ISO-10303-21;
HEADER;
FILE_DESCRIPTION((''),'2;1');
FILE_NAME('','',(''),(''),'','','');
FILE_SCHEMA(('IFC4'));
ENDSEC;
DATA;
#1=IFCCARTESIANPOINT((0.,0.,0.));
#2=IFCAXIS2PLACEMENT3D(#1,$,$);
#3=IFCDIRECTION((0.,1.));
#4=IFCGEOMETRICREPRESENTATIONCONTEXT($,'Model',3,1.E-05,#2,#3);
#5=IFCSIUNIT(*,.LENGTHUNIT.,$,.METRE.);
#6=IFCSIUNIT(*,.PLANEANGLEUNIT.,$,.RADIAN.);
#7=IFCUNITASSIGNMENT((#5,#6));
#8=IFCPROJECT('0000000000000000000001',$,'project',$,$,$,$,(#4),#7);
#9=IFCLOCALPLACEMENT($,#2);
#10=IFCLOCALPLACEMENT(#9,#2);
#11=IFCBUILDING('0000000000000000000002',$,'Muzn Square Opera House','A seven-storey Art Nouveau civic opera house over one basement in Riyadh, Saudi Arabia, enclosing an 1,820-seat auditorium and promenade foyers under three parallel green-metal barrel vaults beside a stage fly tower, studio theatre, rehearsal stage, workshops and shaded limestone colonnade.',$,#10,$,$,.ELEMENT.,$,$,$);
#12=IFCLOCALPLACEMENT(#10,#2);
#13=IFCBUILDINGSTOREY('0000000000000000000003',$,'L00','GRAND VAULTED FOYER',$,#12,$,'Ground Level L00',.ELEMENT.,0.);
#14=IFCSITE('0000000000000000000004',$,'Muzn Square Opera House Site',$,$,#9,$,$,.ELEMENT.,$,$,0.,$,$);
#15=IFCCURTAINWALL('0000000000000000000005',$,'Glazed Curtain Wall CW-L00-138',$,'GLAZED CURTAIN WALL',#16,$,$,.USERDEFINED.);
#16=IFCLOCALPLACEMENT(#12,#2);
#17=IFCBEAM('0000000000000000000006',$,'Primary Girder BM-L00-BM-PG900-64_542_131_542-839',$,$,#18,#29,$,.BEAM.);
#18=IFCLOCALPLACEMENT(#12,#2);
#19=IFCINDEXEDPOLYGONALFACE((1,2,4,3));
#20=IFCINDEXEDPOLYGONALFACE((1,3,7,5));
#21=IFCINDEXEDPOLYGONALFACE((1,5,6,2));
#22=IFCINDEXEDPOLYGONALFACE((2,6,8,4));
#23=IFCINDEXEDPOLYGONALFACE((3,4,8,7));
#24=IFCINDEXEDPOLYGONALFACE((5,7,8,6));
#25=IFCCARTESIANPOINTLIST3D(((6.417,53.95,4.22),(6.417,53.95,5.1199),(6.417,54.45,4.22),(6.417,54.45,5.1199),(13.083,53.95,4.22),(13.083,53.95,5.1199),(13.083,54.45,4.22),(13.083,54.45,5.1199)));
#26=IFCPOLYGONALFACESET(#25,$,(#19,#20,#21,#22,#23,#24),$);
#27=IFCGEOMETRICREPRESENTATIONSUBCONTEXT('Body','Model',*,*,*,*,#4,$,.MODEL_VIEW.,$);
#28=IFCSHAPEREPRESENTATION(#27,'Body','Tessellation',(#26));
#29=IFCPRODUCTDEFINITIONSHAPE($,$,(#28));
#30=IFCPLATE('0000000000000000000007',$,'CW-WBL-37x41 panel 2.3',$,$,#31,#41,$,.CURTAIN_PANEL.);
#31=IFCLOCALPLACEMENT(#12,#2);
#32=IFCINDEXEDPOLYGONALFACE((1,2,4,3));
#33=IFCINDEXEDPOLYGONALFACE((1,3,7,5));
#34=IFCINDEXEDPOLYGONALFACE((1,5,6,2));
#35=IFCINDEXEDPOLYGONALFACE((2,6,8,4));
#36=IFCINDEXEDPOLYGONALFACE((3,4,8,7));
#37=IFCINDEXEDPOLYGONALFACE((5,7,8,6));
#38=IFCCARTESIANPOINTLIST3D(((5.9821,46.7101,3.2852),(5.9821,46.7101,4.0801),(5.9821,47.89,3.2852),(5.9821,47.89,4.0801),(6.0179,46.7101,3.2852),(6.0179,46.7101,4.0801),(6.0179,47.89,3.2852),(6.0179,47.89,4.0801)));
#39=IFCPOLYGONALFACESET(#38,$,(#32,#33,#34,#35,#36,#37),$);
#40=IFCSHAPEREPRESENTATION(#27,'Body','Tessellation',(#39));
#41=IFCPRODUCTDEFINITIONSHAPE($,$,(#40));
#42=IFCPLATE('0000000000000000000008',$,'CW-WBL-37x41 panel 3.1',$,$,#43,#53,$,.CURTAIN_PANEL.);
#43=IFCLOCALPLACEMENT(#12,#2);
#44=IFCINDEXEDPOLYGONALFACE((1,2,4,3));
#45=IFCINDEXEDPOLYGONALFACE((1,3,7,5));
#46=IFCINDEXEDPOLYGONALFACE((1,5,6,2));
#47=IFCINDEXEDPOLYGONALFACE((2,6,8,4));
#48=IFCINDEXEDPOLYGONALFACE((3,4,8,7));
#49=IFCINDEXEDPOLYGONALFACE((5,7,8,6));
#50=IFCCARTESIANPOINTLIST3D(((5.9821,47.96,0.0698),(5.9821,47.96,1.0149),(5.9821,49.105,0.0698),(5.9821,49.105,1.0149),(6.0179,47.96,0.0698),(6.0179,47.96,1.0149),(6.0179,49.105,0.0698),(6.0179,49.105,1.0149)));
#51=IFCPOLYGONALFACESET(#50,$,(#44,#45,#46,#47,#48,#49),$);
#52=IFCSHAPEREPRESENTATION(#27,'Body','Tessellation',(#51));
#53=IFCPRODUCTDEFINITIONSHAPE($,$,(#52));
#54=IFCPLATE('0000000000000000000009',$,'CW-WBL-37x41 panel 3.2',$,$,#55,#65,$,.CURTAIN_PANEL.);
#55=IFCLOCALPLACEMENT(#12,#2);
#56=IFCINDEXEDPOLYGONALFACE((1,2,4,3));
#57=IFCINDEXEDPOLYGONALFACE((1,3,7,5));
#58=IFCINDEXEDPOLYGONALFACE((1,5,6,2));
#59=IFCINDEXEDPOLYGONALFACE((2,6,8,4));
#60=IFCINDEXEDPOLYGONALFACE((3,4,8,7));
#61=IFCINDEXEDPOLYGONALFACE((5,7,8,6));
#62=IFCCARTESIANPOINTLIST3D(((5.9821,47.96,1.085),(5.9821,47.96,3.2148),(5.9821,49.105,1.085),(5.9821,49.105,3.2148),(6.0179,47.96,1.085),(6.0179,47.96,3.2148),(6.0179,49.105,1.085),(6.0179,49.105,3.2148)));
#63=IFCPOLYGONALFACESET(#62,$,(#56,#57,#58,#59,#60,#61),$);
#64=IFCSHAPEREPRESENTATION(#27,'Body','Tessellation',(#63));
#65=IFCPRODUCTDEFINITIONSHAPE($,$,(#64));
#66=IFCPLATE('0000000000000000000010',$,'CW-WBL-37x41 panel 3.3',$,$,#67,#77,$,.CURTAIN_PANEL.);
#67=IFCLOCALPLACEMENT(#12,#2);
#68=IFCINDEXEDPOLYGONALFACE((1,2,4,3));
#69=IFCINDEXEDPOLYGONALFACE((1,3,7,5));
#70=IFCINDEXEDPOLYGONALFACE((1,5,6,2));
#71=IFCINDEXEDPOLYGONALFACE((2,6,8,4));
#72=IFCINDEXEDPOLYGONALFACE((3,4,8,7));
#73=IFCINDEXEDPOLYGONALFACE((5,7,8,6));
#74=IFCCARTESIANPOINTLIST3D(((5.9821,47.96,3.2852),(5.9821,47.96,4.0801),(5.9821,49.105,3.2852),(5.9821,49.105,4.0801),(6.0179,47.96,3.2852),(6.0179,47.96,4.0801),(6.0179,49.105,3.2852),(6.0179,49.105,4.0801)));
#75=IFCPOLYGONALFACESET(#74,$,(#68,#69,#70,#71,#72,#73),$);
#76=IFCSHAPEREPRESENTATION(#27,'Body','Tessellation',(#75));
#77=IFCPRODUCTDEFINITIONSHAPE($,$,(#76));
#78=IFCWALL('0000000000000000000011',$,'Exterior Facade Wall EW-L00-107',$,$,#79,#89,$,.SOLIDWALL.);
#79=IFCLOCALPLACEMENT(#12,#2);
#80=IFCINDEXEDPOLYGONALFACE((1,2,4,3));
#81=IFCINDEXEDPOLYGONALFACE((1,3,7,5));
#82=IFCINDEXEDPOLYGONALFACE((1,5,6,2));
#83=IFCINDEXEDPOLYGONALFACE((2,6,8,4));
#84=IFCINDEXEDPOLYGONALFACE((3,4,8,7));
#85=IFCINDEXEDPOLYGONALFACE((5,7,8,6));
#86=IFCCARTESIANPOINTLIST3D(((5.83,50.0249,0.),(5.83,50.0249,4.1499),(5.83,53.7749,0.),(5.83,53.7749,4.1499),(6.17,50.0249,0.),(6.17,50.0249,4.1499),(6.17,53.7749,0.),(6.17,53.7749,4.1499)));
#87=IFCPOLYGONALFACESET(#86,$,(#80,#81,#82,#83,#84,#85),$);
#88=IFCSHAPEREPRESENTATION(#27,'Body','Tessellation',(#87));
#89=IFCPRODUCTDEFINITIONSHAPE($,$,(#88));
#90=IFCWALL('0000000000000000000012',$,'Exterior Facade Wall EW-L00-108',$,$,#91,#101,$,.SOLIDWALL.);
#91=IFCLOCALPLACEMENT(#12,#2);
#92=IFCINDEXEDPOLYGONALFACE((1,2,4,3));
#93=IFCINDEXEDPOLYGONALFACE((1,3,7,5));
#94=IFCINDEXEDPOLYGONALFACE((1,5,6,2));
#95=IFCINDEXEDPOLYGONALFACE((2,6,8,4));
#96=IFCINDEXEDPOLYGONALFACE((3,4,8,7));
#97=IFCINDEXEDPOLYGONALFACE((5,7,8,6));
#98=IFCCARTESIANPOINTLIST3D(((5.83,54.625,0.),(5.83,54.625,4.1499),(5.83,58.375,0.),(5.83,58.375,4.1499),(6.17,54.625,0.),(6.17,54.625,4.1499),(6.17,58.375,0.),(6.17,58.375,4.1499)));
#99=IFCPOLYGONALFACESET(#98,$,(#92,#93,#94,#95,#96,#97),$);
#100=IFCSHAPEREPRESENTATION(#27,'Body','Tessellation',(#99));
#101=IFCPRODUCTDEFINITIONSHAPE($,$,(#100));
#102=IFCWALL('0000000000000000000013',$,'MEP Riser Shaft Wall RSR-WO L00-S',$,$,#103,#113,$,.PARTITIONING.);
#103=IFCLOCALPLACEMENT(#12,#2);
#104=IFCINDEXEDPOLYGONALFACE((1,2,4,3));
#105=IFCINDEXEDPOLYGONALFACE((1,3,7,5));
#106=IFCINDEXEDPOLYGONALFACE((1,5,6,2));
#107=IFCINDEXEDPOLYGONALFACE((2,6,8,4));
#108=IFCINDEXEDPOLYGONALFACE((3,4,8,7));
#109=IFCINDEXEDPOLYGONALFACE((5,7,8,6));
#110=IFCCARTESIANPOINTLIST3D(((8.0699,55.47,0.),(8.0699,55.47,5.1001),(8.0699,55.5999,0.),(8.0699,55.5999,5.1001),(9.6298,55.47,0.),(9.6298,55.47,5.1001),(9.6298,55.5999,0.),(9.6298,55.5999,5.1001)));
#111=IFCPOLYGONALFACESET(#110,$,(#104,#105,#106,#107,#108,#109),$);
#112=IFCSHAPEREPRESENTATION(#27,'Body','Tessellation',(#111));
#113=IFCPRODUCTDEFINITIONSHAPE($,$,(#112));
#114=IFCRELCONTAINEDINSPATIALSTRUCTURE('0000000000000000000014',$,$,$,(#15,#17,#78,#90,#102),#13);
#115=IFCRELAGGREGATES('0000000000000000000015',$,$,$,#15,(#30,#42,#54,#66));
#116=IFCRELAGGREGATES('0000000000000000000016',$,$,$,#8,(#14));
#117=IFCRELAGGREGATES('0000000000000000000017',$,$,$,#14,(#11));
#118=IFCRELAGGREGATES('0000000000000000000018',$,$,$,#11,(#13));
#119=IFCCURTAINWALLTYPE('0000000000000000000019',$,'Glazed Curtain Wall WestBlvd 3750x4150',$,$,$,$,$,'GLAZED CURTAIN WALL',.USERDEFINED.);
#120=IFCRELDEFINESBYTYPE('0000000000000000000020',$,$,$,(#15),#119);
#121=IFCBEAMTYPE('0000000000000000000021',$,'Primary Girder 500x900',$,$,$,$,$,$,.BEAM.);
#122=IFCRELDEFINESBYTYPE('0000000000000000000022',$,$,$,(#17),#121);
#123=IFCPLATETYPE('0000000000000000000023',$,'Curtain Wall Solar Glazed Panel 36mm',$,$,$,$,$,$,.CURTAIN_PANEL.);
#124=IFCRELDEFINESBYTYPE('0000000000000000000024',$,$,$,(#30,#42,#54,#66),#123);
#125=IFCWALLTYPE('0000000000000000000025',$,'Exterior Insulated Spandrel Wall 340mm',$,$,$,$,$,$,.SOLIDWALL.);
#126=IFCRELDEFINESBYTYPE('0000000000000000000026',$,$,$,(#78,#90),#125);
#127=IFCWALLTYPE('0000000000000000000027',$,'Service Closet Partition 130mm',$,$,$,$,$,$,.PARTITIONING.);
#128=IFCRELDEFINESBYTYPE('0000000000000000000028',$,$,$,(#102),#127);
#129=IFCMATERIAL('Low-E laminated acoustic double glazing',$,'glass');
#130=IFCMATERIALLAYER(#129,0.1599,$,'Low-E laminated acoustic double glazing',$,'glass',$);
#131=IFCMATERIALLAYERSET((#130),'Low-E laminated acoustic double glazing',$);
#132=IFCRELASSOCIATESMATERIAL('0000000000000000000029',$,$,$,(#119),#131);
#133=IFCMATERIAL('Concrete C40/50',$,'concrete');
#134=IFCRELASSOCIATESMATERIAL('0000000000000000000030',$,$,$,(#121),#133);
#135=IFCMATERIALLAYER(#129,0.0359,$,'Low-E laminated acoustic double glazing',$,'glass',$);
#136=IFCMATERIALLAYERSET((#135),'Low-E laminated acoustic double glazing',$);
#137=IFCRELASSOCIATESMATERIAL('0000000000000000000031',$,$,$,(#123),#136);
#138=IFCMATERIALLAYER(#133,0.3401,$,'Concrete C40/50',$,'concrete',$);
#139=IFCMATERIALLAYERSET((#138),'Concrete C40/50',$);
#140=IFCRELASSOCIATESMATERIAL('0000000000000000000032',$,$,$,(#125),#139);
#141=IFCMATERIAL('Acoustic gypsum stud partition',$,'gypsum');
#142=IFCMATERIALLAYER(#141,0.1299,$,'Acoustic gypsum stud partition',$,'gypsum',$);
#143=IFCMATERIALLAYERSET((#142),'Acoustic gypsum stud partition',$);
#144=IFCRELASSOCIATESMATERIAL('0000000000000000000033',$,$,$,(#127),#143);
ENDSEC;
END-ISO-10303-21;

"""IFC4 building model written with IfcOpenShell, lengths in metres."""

from ifc_helpers import new_model, si_unit, direction, frame, frame_2d, origin, origin_2d, place, context, subcontext, project, spatial, rectangle, extrude, material, layer, layer_set, material_profile, profile_set, type_object, element, aggregate, save


model = new_model("IFC4")

# Units and contexts
model_context = context("Model", 3, precision=1e-05, world=origin(), true_north=direction((0.0, 1.0)))
body_context = subcontext(model_context, "Body", "Model", "MODEL_VIEW")
ifc_project = project(units=[si_unit("LENGTHUNIT", "METRE"), si_unit("PLANEANGLEUNIT", "RADIAN")], contexts=[model_context])

# Site, building, storey
site_placement = place(None, origin())
site = spatial("IfcSite", under=ifc_project, at=site_placement, Name="Muzn Square Opera House Site", CompositionType="ELEMENT", RefElevation=0.0)
building_placement = place(site_placement, origin())
building = spatial("IfcBuilding", under=site, at=building_placement, Name="Muzn Square Opera House", Description="A seven-storey Art Nouveau civic opera house over one basement in Riyadh, Saudi Arabia, enclosing an 1,820-seat auditorium and promenade foyers under three parallel green-metal barrel vaults beside a stage fly tower, studio theatre, rehearsal stage, workshops and shaded limestone colonnade.", CompositionType="ELEMENT")
storey_placement = place(building_placement, origin())
storey = spatial("IfcBuildingStorey", under=building, at=storey_placement, Name="L00", Description="GRAND VAULTED FOYER", LongName="Ground Level L00", CompositionType="ELEMENT", Elevation=0.0)

# Curtain wall
ifc_material_1 = material(Name="Low-E laminated acoustic double glazing", Category="glass")
ifc_layer_1 = layer(ifc_material_1, 0.1599, Name="Low-E laminated acoustic double glazing", Category="glass")
ifc_layer_set_1 = layer_set([ifc_layer_1], Name="Low-E laminated acoustic double glazing")
curtain_wall_type = type_object("IfcCurtainWallType", Name="Glazed Curtain Wall WestBlvd 3750x4150", ElementType="GLAZED CURTAIN WALL", PredefinedType="USERDEFINED", material=ifc_layer_set_1)
curtain_wall_placement = place(storey_placement, origin())
curtain_wall = element("IfcCurtainWall", 1, at=curtain_wall_placement, inside=storey, type_object=curtain_wall_type, Name="Glazed Curtain Wall CW-L00-138", ObjectType="GLAZED CURTAIN WALL", PredefinedType="USERDEFINED")

# Beam
ifc_material_2 = material(Name="Concrete C40/50", Category="concrete")
ifc_material_profile_1 = material_profile(ifc_material_2, rectangle(XDim=0.5, YDim=0.8999, at=origin_2d()), Name="RCB 500x900", Category="concrete")
ifc_profile_set_1 = profile_set([ifc_material_profile_1], Name="Concrete C40/50")
beam_type_1 = type_object("IfcBeamType", Name="Primary Girder 500x900", PredefinedType="BEAM", material=ifc_profile_set_1)
for number, where, z_axis, x_axis, name in (
    (2, (6.417, 54.2, 4.6699), (1.0, 0.0, 0.0), (0.0, 1.0, 0.0), "Primary Girder BM-L00-BM-PG900-64_542_131_542-839"),
):
    element("IfcBeam", number, at=place(storey_placement, frame(where, z_axis=z_axis, x_axis=x_axis)), inside=storey, type_object=beam_type_1, Name=name, PredefinedType="BEAM", context=body_context, shape_type="SweptSolid", body=[
        extrude(rectangle(XDim=0.5, YDim=0.8999, at=origin_2d()), origin(), (0.0, 0.0, 1.0), 6.666),
    ])

# Plates
ifc_layer_2 = layer(ifc_material_1, 0.0359, Name="Low-E laminated acoustic double glazing", Category="glass")
ifc_layer_set_2 = layer_set([ifc_layer_2], Name="Low-E laminated acoustic double glazing")
plate_type = type_object("IfcPlateType", Name="Curtain Wall Solar Glazed Panel 36mm", PredefinedType="CURTAIN_PANEL", material=ifc_layer_set_2)
plate_1_placement = place(storey_placement, frame((6.0, 47.3, 3.2852), z_axis=(0.0, 0.0, 1.0), x_axis=(0.0, 1.0, 0.0)))
plate_1 = element("IfcPlate", 3, at=plate_1_placement, type_object=plate_type, Name="CW-WBL-37x41 panel 2.3", PredefinedType="CURTAIN_PANEL", context=body_context, shape_type="SweptSolid", body=[
    extrude(rectangle(XDim=1.1799, YDim=0.0359, at=origin_2d()), origin(), (0.0, 0.0, 1.0), 0.7949),
])
plate_2_placement = place(storey_placement, frame((6.0, 48.5325, 0.0698), z_axis=(0.0, 0.0, 1.0), x_axis=(0.0, 1.0, 0.0)))
plate_2 = element("IfcPlate", 4, at=plate_2_placement, type_object=plate_type, Name="CW-WBL-37x41 panel 3.1", PredefinedType="CURTAIN_PANEL", context=body_context, shape_type="SweptSolid", body=[
    extrude(rectangle(XDim=1.145, YDim=0.0359, at=origin_2d()), origin(), (0.0, 0.0, 1.0), 0.9451),
])
plate_3_placement = place(storey_placement, frame((6.0, 48.5325, 1.085), z_axis=(0.0, 0.0, 1.0), x_axis=(0.0, 1.0, 0.0)))
plate_3 = element("IfcPlate", 5, at=plate_3_placement, type_object=plate_type, Name="CW-WBL-37x41 panel 3.2", PredefinedType="CURTAIN_PANEL", context=body_context, shape_type="SweptSolid", body=[
    extrude(rectangle(XDim=1.145, YDim=0.0359, at=origin_2d()), origin(), (0.0, 0.0, 1.0), 2.1299),
])
plate_4_placement = place(storey_placement, frame((6.0, 48.5325, 3.2852), z_axis=(0.0, 0.0, 1.0), x_axis=(0.0, 1.0, 0.0)))
plate_4 = element("IfcPlate", 6, at=plate_4_placement, type_object=plate_type, Name="CW-WBL-37x41 panel 3.3", PredefinedType="CURTAIN_PANEL", context=body_context, shape_type="SweptSolid", body=[
    extrude(rectangle(XDim=1.145, YDim=0.0359, at=origin_2d()), origin(), (0.0, 0.0, 1.0), 0.7949),
])
aggregate(curtain_wall, [plate_1, plate_2, plate_3, plate_4])

# Walls
ifc_layer_3 = layer(ifc_material_2, 0.3401, Name="Concrete C40/50", Category="concrete")
ifc_layer_set_3 = layer_set([ifc_layer_3], Name="Concrete C40/50")
wall_type_1 = type_object("IfcWallType", Name="Exterior Insulated Spandrel Wall 340mm", PredefinedType="SOLIDWALL", material=ifc_layer_set_3)
for number, where, z_axis, x_axis, name in (
    (7, (6.0, 50.0249, 0.0), (0.0, 0.0, 1.0), (0.0, 1.0, 0.0), "Exterior Facade Wall EW-L00-107"),
    (8, (6.0, 54.625, 0.0), (0.0, 0.0, 1.0), (0.0, 1.0, 0.0), "Exterior Facade Wall EW-L00-108"),
):
    element("IfcWall", number, at=place(storey_placement, frame(where, z_axis=z_axis, x_axis=x_axis)), inside=storey, type_object=wall_type_1, Name=name, PredefinedType="SOLIDWALL", context=body_context, shape_type="SweptSolid", body=[
        extrude(rectangle(XDim=3.75, YDim=0.3401, at=frame_2d((1.875, 0.0))), origin(), (0.0, 0.0, 1.0), 4.1499),
    ])
ifc_material_3 = material(Name="Acoustic gypsum stud partition", Category="gypsum")
ifc_layer_4 = layer(ifc_material_3, 0.1299, Name="Acoustic gypsum stud partition", Category="gypsum")
ifc_layer_set_4 = layer_set([ifc_layer_4], Name="Acoustic gypsum stud partition")
wall_type_2 = type_object("IfcWallType", Name="Service Closet Partition 130mm", PredefinedType="PARTITIONING", material=ifc_layer_set_4)
wall_placement = place(storey_placement, frame((8.0701, 55.5349, 0.0), z_axis=(0.0, 0.0, 1.0), x_axis=(1.0, 0.0, 0.0)))
element("IfcWall", 9, at=wall_placement, inside=storey, type_object=wall_type_2, Name="MEP Riser Shaft Wall RSR-WO L00-S", PredefinedType="PARTITIONING", context=body_context, shape_type="SweptSolid", body=[
    extrude(rectangle(XDim=1.5598, YDim=0.1299, at=frame_2d((0.7798, 0.0))), origin(), (0.0, 0.0, 1.0), 5.1001),
])

save(model, "model.ifc")
